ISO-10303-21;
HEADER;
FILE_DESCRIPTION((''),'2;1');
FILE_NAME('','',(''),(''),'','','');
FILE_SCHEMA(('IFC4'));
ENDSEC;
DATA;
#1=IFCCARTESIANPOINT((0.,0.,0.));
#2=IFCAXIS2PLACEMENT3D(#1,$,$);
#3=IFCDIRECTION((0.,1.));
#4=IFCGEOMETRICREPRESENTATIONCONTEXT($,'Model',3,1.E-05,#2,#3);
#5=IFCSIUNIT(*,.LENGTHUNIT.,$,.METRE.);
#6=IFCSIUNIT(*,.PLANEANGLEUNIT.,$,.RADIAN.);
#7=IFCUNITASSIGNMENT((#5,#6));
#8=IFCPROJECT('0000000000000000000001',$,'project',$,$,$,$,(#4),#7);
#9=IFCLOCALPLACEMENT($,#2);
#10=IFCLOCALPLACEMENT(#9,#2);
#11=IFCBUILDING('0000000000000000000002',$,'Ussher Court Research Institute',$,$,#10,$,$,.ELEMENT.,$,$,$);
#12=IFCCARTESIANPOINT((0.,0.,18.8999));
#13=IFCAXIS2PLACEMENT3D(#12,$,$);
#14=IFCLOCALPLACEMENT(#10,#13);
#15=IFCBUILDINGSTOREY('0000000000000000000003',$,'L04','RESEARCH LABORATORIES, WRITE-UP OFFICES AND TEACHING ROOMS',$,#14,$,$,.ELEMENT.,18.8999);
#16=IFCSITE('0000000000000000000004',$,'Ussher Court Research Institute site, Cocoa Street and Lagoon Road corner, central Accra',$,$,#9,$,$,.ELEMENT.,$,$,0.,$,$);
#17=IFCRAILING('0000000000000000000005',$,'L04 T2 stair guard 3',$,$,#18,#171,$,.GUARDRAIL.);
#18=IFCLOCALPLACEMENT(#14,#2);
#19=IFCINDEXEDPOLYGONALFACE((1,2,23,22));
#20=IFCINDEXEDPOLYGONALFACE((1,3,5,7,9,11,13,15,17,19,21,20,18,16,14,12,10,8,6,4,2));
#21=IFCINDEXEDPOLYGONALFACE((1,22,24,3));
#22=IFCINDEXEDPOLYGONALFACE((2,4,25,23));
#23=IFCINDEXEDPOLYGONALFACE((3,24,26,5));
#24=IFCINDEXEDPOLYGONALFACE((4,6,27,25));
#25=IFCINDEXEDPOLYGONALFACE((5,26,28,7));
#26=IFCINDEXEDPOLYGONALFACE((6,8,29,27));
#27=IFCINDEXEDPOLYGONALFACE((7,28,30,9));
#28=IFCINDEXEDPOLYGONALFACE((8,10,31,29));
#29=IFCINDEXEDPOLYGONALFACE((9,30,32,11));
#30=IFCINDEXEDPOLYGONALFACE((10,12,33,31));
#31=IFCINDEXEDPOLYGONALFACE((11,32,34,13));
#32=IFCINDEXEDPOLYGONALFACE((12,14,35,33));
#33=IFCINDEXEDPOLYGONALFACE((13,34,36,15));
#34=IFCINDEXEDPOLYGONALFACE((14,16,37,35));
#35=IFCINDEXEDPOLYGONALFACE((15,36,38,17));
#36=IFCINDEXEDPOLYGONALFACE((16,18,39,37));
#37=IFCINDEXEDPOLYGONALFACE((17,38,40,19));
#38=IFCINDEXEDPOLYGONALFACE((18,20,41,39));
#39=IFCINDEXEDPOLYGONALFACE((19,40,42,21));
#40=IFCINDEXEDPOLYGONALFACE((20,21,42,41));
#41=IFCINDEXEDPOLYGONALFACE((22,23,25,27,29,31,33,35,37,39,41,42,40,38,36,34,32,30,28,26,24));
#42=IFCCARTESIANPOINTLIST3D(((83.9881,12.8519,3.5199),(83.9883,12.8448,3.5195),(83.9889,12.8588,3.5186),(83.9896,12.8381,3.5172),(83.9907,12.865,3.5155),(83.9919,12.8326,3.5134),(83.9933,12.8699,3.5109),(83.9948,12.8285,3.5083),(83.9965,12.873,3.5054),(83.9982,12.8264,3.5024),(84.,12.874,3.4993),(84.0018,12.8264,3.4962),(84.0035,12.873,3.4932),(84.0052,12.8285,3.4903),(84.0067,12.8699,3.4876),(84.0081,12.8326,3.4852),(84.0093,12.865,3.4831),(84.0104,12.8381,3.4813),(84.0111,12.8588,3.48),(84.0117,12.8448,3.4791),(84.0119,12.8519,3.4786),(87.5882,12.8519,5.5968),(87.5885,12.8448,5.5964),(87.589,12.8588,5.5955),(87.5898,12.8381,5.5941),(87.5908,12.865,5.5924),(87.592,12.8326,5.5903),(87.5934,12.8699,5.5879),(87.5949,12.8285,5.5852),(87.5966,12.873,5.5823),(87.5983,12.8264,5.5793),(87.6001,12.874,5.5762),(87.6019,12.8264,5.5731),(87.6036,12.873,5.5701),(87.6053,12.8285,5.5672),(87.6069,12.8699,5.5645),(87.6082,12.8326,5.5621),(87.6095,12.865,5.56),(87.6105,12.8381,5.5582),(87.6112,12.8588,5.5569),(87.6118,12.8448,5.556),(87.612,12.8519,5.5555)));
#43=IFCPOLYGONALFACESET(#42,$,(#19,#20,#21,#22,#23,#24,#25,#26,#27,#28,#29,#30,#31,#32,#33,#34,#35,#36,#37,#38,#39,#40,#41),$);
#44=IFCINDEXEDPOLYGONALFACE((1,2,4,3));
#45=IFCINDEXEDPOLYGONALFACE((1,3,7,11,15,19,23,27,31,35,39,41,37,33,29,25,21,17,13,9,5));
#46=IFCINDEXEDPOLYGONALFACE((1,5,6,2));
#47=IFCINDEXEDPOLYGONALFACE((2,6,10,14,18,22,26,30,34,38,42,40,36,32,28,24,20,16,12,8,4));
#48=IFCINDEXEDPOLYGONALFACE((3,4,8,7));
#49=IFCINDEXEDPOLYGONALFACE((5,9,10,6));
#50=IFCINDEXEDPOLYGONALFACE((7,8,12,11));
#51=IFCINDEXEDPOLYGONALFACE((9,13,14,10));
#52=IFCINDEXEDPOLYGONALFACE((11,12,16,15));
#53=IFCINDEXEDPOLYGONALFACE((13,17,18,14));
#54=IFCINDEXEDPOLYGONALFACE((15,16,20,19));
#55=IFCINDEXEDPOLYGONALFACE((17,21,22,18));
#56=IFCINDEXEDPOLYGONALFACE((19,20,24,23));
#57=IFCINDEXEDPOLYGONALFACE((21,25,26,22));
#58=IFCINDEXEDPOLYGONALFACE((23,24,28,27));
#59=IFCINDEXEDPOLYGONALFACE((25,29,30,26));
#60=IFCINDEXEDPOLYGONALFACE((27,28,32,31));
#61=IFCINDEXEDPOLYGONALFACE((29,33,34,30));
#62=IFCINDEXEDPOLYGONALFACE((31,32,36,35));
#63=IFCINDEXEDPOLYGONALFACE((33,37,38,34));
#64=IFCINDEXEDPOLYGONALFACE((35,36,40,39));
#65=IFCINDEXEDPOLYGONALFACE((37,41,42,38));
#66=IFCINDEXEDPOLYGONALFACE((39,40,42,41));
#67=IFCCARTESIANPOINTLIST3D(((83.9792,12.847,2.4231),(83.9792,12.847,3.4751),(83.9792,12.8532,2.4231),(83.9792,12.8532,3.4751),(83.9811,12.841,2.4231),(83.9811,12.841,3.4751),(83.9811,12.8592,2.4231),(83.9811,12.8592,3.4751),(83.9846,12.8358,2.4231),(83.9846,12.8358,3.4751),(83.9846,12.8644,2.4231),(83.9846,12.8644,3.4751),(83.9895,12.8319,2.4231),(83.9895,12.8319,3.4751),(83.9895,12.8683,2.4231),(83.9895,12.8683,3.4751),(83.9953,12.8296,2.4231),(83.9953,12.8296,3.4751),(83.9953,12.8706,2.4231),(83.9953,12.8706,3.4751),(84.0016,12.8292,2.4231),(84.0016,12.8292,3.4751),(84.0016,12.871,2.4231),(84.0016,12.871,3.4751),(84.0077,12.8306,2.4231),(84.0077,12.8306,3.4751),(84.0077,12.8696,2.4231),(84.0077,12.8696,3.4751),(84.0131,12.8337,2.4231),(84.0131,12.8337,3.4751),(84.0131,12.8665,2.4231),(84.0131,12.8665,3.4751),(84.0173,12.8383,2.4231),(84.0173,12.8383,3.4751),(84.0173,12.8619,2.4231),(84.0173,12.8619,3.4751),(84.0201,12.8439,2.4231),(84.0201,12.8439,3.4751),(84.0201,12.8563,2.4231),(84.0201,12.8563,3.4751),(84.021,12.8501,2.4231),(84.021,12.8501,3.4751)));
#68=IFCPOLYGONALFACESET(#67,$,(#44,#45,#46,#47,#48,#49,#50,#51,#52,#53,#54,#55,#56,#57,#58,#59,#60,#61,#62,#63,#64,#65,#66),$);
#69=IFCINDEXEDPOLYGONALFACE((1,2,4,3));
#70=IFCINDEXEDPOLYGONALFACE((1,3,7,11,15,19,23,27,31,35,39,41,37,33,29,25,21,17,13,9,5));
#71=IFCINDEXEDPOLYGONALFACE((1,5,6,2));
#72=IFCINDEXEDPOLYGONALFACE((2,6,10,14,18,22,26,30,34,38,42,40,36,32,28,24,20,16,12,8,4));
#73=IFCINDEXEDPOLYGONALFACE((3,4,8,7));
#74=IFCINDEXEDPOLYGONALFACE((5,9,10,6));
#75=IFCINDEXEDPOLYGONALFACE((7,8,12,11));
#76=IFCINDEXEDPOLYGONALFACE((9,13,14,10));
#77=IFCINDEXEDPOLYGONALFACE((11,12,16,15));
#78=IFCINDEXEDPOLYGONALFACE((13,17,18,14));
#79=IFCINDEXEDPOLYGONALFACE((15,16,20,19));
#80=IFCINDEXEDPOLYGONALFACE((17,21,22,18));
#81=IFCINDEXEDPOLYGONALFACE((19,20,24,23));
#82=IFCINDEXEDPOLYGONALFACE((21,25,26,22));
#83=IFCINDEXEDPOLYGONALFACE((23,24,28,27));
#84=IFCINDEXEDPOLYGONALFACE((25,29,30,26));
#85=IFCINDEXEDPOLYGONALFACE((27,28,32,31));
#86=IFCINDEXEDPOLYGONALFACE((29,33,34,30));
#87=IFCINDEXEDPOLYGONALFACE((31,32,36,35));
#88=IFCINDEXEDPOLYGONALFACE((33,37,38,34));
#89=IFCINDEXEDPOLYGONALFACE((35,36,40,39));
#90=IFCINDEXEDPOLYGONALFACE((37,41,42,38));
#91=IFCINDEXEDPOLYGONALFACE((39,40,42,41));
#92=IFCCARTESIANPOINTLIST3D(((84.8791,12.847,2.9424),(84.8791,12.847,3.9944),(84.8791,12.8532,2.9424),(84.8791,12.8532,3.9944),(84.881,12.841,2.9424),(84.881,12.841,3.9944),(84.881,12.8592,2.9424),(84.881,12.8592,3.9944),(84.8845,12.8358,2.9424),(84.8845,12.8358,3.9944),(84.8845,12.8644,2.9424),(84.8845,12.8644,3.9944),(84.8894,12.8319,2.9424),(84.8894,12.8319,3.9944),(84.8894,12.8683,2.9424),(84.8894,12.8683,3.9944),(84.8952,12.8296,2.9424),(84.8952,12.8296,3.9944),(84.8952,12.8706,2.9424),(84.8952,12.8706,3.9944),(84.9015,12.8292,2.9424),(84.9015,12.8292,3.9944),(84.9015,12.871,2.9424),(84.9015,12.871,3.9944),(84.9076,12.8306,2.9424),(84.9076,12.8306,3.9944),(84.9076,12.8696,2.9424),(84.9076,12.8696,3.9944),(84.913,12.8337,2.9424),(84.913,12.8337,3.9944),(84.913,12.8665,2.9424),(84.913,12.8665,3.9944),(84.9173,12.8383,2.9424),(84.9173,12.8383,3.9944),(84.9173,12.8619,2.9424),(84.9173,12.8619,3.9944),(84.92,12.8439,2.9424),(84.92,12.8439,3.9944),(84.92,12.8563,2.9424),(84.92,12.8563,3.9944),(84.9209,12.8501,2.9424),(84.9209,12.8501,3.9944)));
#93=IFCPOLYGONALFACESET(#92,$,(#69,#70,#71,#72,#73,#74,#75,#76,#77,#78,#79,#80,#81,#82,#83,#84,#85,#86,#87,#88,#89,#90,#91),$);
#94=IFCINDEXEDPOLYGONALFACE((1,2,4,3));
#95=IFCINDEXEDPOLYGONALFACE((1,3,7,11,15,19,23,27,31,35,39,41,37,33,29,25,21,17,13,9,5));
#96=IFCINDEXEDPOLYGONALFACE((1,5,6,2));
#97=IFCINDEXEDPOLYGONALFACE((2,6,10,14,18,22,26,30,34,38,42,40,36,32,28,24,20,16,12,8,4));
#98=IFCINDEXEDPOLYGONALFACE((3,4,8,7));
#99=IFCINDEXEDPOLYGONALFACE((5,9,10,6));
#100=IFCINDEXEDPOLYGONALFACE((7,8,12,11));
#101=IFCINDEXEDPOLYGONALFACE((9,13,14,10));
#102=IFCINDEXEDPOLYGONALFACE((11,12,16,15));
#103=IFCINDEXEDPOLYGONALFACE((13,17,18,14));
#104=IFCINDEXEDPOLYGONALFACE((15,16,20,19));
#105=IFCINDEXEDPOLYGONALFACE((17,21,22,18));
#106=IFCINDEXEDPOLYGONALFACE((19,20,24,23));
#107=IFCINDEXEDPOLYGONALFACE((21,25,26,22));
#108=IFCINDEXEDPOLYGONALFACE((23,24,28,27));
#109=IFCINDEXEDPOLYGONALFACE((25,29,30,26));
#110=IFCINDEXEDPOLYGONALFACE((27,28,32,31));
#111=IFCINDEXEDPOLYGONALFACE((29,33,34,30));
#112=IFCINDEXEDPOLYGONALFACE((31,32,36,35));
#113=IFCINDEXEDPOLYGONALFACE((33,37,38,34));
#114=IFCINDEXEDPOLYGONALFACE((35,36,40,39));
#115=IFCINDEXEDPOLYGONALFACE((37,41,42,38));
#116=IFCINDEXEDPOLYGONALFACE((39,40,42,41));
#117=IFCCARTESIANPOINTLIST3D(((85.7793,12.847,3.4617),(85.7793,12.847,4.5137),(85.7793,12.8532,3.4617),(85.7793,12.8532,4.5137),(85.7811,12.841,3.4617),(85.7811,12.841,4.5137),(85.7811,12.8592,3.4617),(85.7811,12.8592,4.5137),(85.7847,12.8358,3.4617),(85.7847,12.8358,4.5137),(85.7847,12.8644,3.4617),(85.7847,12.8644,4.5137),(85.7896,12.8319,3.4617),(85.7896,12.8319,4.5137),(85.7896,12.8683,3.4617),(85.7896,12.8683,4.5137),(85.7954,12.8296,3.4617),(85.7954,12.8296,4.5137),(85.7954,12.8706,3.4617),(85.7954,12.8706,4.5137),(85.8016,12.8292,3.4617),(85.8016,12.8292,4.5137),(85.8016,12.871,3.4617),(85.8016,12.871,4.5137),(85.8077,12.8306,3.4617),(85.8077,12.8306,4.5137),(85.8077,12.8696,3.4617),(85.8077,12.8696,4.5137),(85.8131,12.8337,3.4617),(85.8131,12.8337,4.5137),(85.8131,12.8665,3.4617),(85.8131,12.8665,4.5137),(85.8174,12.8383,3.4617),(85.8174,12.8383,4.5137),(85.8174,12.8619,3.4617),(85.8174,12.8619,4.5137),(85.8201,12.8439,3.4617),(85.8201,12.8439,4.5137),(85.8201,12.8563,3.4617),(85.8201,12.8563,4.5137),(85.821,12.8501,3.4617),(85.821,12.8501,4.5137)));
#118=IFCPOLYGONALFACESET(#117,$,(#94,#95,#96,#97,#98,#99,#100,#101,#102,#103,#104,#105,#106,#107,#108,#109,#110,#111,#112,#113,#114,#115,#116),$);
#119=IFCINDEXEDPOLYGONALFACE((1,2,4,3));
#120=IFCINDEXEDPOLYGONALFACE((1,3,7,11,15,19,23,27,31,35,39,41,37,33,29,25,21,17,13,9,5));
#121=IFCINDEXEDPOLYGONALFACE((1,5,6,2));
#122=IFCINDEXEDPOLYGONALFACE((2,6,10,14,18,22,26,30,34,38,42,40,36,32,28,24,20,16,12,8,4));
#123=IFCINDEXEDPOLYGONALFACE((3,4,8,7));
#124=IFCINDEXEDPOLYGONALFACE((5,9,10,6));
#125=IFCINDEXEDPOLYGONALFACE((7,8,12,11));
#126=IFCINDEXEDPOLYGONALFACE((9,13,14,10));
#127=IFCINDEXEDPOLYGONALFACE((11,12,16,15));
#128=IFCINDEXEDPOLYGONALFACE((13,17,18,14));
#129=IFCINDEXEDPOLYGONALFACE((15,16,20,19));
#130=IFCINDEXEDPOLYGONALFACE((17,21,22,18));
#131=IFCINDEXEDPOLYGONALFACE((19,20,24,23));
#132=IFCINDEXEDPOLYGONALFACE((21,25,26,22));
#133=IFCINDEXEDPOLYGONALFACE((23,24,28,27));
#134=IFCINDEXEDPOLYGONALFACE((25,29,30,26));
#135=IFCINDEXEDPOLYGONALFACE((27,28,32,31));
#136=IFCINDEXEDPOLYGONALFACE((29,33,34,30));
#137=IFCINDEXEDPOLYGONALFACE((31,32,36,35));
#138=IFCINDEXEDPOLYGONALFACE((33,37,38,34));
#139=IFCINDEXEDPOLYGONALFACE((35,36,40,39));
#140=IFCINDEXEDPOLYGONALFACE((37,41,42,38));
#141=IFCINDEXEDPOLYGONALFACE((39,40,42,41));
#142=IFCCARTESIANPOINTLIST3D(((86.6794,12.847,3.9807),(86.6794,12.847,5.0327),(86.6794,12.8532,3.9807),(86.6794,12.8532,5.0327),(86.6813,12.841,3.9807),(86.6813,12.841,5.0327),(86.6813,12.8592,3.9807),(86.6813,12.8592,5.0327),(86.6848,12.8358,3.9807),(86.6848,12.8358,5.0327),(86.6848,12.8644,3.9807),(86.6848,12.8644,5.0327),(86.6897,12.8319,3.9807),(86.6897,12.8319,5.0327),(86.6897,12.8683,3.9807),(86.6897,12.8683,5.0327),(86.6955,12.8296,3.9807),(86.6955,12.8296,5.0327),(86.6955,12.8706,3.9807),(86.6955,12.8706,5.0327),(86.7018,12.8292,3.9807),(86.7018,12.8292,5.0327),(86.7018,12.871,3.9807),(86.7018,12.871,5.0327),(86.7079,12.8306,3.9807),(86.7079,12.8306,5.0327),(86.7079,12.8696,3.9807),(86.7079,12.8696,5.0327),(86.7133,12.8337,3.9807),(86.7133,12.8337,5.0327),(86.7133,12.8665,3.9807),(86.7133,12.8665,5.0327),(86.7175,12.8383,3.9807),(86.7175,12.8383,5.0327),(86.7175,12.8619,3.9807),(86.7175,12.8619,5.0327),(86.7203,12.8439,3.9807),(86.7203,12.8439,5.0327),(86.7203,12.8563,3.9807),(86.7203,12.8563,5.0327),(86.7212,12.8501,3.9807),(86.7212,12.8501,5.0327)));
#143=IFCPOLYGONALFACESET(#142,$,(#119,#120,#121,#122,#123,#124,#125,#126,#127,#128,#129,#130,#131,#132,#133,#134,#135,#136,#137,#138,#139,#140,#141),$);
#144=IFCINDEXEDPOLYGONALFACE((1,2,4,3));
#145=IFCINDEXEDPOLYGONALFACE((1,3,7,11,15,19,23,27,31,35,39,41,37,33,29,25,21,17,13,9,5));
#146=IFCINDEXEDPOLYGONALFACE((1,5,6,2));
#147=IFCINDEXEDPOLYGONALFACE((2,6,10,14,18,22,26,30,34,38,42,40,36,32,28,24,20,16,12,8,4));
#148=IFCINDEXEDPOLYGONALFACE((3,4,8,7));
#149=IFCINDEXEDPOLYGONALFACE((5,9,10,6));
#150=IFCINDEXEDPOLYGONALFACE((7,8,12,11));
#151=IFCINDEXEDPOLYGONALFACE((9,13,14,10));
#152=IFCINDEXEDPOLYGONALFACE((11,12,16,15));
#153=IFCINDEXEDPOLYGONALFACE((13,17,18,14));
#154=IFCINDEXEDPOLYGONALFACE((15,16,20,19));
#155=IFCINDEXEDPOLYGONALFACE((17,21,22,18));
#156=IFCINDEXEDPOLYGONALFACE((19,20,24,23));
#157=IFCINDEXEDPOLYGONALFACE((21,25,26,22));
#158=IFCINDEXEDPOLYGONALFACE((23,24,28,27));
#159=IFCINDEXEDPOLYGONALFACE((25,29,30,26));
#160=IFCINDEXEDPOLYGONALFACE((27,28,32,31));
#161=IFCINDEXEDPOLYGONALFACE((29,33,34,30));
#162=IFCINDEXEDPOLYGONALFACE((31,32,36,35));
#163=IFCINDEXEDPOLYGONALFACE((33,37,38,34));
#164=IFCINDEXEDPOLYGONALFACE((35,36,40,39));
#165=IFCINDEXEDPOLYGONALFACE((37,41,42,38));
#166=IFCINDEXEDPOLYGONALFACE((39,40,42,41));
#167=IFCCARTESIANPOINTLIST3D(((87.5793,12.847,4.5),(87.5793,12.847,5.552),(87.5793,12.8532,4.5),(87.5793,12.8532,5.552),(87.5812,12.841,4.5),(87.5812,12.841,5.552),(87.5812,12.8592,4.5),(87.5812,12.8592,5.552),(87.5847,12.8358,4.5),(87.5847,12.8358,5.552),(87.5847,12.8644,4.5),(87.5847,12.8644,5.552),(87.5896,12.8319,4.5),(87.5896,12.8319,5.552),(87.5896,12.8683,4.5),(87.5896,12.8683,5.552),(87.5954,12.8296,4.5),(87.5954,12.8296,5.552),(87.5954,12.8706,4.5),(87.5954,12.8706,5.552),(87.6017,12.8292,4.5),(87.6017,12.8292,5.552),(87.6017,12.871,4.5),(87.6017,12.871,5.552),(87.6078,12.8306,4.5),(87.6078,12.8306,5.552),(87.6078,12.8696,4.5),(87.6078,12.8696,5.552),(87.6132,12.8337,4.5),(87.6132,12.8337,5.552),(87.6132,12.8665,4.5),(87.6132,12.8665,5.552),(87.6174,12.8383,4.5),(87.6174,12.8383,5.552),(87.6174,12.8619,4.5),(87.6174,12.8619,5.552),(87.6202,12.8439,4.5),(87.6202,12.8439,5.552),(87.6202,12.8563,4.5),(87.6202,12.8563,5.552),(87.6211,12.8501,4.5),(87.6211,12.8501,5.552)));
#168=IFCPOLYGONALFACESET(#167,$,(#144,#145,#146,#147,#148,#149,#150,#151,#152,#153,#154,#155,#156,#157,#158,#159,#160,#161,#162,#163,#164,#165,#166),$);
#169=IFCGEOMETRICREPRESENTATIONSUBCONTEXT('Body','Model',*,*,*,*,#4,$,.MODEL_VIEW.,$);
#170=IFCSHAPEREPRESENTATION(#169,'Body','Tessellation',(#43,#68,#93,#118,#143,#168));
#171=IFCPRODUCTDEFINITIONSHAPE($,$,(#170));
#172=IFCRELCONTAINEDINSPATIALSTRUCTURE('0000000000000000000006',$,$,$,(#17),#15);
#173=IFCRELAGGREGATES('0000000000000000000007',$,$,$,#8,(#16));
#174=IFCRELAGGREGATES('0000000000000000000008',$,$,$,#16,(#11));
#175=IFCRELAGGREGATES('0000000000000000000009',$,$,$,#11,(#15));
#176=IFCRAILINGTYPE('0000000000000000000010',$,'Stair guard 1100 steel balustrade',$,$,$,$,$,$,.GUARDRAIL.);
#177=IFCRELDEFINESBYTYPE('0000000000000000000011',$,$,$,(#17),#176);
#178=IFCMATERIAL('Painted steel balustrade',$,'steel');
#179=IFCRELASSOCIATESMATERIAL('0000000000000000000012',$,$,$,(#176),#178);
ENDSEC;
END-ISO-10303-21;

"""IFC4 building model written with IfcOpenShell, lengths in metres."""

from ifc_helpers import new_model, si_unit, direction, frame, origin, origin_2d, place, context, subcontext, project, spatial, circle, extrude, material, type_object, element, save


model = new_model("IFC4")

# Units and contexts
model_context = context("Model", 3, precision=1e-05, world=origin(), true_north=direction((0.0, 1.0)))
body_context = subcontext(model_context, "Body", "Model", "MODEL_VIEW")
ifc_project = project(units=[si_unit("LENGTHUNIT", "METRE"), si_unit("PLANEANGLEUNIT", "RADIAN")], contexts=[model_context])

# Site, building, storey
site_placement = place(None, origin())
site = spatial("IfcSite", under=ifc_project, at=site_placement, Name="Ussher Court Research Institute site, Cocoa Street and Lagoon Road corner, central Accra", CompositionType="ELEMENT", RefElevation=0.0)
building_placement = place(site_placement, origin())
building = spatial("IfcBuilding", under=site, at=building_placement, Name="Ussher Court Research Institute", CompositionType="ELEMENT")
storey_placement = place(building_placement, frame((0.0, 0.0, 18.8999)))
storey = spatial("IfcBuildingStorey", under=building, at=storey_placement, Name="L04", Description="RESEARCH LABORATORIES, WRITE-UP OFFICES AND TEACHING ROOMS", CompositionType="ELEMENT", Elevation=18.8999)

# Railing
ifc_material_1 = material(Name="Painted steel balustrade", Category="steel")
railing_type_1 = type_object("IfcRailingType", Name="Stair guard 1100 steel balustrade", PredefinedType="GUARDRAIL", material=ifc_material_1)
railing_1_placement = place(storey_placement, frame((84.0, 12.8501, 2.4231)))
element("IfcRailing", 1, at=railing_1_placement, inside=storey, type_object=railing_type_1, Name="L04 T2 stair guard 3", PredefinedType="GUARDRAIL", context=body_context, shape_type="SweptSolid", body=[
    extrude(circle(Radius=0.0239, at=origin_2d()), frame((0.0, 0.0, 1.0762), z_axis=(0.866193, 0.0, 0.499709), x_axis=(0.0, 1.0, 0.0)), (0.0, 0.0, 1.0), 4.1562),
    extrude(circle(Radius=0.021, at=origin_2d()), origin(), (0.0, 0.0, 1.0), 1.052),
    extrude(circle(Radius=0.021, at=origin_2d()), frame((0.8999, 0.0, 0.5193)), (0.0, 0.0, 1.0), 1.052),
    extrude(circle(Radius=0.021, at=origin_2d()), frame((1.8, 0.0, 1.0386)), (0.0, 0.0, 1.0), 1.052),
    extrude(circle(Radius=0.021, at=origin_2d()), frame((2.7002, 0.0, 1.5576)), (0.0, 0.0, 1.0), 1.052),
    extrude(circle(Radius=0.021, at=origin_2d()), frame((3.6001, 0.0, 2.0769)), (0.0, 0.0, 1.0), 1.052),
])

save(model, "model.ifc")
